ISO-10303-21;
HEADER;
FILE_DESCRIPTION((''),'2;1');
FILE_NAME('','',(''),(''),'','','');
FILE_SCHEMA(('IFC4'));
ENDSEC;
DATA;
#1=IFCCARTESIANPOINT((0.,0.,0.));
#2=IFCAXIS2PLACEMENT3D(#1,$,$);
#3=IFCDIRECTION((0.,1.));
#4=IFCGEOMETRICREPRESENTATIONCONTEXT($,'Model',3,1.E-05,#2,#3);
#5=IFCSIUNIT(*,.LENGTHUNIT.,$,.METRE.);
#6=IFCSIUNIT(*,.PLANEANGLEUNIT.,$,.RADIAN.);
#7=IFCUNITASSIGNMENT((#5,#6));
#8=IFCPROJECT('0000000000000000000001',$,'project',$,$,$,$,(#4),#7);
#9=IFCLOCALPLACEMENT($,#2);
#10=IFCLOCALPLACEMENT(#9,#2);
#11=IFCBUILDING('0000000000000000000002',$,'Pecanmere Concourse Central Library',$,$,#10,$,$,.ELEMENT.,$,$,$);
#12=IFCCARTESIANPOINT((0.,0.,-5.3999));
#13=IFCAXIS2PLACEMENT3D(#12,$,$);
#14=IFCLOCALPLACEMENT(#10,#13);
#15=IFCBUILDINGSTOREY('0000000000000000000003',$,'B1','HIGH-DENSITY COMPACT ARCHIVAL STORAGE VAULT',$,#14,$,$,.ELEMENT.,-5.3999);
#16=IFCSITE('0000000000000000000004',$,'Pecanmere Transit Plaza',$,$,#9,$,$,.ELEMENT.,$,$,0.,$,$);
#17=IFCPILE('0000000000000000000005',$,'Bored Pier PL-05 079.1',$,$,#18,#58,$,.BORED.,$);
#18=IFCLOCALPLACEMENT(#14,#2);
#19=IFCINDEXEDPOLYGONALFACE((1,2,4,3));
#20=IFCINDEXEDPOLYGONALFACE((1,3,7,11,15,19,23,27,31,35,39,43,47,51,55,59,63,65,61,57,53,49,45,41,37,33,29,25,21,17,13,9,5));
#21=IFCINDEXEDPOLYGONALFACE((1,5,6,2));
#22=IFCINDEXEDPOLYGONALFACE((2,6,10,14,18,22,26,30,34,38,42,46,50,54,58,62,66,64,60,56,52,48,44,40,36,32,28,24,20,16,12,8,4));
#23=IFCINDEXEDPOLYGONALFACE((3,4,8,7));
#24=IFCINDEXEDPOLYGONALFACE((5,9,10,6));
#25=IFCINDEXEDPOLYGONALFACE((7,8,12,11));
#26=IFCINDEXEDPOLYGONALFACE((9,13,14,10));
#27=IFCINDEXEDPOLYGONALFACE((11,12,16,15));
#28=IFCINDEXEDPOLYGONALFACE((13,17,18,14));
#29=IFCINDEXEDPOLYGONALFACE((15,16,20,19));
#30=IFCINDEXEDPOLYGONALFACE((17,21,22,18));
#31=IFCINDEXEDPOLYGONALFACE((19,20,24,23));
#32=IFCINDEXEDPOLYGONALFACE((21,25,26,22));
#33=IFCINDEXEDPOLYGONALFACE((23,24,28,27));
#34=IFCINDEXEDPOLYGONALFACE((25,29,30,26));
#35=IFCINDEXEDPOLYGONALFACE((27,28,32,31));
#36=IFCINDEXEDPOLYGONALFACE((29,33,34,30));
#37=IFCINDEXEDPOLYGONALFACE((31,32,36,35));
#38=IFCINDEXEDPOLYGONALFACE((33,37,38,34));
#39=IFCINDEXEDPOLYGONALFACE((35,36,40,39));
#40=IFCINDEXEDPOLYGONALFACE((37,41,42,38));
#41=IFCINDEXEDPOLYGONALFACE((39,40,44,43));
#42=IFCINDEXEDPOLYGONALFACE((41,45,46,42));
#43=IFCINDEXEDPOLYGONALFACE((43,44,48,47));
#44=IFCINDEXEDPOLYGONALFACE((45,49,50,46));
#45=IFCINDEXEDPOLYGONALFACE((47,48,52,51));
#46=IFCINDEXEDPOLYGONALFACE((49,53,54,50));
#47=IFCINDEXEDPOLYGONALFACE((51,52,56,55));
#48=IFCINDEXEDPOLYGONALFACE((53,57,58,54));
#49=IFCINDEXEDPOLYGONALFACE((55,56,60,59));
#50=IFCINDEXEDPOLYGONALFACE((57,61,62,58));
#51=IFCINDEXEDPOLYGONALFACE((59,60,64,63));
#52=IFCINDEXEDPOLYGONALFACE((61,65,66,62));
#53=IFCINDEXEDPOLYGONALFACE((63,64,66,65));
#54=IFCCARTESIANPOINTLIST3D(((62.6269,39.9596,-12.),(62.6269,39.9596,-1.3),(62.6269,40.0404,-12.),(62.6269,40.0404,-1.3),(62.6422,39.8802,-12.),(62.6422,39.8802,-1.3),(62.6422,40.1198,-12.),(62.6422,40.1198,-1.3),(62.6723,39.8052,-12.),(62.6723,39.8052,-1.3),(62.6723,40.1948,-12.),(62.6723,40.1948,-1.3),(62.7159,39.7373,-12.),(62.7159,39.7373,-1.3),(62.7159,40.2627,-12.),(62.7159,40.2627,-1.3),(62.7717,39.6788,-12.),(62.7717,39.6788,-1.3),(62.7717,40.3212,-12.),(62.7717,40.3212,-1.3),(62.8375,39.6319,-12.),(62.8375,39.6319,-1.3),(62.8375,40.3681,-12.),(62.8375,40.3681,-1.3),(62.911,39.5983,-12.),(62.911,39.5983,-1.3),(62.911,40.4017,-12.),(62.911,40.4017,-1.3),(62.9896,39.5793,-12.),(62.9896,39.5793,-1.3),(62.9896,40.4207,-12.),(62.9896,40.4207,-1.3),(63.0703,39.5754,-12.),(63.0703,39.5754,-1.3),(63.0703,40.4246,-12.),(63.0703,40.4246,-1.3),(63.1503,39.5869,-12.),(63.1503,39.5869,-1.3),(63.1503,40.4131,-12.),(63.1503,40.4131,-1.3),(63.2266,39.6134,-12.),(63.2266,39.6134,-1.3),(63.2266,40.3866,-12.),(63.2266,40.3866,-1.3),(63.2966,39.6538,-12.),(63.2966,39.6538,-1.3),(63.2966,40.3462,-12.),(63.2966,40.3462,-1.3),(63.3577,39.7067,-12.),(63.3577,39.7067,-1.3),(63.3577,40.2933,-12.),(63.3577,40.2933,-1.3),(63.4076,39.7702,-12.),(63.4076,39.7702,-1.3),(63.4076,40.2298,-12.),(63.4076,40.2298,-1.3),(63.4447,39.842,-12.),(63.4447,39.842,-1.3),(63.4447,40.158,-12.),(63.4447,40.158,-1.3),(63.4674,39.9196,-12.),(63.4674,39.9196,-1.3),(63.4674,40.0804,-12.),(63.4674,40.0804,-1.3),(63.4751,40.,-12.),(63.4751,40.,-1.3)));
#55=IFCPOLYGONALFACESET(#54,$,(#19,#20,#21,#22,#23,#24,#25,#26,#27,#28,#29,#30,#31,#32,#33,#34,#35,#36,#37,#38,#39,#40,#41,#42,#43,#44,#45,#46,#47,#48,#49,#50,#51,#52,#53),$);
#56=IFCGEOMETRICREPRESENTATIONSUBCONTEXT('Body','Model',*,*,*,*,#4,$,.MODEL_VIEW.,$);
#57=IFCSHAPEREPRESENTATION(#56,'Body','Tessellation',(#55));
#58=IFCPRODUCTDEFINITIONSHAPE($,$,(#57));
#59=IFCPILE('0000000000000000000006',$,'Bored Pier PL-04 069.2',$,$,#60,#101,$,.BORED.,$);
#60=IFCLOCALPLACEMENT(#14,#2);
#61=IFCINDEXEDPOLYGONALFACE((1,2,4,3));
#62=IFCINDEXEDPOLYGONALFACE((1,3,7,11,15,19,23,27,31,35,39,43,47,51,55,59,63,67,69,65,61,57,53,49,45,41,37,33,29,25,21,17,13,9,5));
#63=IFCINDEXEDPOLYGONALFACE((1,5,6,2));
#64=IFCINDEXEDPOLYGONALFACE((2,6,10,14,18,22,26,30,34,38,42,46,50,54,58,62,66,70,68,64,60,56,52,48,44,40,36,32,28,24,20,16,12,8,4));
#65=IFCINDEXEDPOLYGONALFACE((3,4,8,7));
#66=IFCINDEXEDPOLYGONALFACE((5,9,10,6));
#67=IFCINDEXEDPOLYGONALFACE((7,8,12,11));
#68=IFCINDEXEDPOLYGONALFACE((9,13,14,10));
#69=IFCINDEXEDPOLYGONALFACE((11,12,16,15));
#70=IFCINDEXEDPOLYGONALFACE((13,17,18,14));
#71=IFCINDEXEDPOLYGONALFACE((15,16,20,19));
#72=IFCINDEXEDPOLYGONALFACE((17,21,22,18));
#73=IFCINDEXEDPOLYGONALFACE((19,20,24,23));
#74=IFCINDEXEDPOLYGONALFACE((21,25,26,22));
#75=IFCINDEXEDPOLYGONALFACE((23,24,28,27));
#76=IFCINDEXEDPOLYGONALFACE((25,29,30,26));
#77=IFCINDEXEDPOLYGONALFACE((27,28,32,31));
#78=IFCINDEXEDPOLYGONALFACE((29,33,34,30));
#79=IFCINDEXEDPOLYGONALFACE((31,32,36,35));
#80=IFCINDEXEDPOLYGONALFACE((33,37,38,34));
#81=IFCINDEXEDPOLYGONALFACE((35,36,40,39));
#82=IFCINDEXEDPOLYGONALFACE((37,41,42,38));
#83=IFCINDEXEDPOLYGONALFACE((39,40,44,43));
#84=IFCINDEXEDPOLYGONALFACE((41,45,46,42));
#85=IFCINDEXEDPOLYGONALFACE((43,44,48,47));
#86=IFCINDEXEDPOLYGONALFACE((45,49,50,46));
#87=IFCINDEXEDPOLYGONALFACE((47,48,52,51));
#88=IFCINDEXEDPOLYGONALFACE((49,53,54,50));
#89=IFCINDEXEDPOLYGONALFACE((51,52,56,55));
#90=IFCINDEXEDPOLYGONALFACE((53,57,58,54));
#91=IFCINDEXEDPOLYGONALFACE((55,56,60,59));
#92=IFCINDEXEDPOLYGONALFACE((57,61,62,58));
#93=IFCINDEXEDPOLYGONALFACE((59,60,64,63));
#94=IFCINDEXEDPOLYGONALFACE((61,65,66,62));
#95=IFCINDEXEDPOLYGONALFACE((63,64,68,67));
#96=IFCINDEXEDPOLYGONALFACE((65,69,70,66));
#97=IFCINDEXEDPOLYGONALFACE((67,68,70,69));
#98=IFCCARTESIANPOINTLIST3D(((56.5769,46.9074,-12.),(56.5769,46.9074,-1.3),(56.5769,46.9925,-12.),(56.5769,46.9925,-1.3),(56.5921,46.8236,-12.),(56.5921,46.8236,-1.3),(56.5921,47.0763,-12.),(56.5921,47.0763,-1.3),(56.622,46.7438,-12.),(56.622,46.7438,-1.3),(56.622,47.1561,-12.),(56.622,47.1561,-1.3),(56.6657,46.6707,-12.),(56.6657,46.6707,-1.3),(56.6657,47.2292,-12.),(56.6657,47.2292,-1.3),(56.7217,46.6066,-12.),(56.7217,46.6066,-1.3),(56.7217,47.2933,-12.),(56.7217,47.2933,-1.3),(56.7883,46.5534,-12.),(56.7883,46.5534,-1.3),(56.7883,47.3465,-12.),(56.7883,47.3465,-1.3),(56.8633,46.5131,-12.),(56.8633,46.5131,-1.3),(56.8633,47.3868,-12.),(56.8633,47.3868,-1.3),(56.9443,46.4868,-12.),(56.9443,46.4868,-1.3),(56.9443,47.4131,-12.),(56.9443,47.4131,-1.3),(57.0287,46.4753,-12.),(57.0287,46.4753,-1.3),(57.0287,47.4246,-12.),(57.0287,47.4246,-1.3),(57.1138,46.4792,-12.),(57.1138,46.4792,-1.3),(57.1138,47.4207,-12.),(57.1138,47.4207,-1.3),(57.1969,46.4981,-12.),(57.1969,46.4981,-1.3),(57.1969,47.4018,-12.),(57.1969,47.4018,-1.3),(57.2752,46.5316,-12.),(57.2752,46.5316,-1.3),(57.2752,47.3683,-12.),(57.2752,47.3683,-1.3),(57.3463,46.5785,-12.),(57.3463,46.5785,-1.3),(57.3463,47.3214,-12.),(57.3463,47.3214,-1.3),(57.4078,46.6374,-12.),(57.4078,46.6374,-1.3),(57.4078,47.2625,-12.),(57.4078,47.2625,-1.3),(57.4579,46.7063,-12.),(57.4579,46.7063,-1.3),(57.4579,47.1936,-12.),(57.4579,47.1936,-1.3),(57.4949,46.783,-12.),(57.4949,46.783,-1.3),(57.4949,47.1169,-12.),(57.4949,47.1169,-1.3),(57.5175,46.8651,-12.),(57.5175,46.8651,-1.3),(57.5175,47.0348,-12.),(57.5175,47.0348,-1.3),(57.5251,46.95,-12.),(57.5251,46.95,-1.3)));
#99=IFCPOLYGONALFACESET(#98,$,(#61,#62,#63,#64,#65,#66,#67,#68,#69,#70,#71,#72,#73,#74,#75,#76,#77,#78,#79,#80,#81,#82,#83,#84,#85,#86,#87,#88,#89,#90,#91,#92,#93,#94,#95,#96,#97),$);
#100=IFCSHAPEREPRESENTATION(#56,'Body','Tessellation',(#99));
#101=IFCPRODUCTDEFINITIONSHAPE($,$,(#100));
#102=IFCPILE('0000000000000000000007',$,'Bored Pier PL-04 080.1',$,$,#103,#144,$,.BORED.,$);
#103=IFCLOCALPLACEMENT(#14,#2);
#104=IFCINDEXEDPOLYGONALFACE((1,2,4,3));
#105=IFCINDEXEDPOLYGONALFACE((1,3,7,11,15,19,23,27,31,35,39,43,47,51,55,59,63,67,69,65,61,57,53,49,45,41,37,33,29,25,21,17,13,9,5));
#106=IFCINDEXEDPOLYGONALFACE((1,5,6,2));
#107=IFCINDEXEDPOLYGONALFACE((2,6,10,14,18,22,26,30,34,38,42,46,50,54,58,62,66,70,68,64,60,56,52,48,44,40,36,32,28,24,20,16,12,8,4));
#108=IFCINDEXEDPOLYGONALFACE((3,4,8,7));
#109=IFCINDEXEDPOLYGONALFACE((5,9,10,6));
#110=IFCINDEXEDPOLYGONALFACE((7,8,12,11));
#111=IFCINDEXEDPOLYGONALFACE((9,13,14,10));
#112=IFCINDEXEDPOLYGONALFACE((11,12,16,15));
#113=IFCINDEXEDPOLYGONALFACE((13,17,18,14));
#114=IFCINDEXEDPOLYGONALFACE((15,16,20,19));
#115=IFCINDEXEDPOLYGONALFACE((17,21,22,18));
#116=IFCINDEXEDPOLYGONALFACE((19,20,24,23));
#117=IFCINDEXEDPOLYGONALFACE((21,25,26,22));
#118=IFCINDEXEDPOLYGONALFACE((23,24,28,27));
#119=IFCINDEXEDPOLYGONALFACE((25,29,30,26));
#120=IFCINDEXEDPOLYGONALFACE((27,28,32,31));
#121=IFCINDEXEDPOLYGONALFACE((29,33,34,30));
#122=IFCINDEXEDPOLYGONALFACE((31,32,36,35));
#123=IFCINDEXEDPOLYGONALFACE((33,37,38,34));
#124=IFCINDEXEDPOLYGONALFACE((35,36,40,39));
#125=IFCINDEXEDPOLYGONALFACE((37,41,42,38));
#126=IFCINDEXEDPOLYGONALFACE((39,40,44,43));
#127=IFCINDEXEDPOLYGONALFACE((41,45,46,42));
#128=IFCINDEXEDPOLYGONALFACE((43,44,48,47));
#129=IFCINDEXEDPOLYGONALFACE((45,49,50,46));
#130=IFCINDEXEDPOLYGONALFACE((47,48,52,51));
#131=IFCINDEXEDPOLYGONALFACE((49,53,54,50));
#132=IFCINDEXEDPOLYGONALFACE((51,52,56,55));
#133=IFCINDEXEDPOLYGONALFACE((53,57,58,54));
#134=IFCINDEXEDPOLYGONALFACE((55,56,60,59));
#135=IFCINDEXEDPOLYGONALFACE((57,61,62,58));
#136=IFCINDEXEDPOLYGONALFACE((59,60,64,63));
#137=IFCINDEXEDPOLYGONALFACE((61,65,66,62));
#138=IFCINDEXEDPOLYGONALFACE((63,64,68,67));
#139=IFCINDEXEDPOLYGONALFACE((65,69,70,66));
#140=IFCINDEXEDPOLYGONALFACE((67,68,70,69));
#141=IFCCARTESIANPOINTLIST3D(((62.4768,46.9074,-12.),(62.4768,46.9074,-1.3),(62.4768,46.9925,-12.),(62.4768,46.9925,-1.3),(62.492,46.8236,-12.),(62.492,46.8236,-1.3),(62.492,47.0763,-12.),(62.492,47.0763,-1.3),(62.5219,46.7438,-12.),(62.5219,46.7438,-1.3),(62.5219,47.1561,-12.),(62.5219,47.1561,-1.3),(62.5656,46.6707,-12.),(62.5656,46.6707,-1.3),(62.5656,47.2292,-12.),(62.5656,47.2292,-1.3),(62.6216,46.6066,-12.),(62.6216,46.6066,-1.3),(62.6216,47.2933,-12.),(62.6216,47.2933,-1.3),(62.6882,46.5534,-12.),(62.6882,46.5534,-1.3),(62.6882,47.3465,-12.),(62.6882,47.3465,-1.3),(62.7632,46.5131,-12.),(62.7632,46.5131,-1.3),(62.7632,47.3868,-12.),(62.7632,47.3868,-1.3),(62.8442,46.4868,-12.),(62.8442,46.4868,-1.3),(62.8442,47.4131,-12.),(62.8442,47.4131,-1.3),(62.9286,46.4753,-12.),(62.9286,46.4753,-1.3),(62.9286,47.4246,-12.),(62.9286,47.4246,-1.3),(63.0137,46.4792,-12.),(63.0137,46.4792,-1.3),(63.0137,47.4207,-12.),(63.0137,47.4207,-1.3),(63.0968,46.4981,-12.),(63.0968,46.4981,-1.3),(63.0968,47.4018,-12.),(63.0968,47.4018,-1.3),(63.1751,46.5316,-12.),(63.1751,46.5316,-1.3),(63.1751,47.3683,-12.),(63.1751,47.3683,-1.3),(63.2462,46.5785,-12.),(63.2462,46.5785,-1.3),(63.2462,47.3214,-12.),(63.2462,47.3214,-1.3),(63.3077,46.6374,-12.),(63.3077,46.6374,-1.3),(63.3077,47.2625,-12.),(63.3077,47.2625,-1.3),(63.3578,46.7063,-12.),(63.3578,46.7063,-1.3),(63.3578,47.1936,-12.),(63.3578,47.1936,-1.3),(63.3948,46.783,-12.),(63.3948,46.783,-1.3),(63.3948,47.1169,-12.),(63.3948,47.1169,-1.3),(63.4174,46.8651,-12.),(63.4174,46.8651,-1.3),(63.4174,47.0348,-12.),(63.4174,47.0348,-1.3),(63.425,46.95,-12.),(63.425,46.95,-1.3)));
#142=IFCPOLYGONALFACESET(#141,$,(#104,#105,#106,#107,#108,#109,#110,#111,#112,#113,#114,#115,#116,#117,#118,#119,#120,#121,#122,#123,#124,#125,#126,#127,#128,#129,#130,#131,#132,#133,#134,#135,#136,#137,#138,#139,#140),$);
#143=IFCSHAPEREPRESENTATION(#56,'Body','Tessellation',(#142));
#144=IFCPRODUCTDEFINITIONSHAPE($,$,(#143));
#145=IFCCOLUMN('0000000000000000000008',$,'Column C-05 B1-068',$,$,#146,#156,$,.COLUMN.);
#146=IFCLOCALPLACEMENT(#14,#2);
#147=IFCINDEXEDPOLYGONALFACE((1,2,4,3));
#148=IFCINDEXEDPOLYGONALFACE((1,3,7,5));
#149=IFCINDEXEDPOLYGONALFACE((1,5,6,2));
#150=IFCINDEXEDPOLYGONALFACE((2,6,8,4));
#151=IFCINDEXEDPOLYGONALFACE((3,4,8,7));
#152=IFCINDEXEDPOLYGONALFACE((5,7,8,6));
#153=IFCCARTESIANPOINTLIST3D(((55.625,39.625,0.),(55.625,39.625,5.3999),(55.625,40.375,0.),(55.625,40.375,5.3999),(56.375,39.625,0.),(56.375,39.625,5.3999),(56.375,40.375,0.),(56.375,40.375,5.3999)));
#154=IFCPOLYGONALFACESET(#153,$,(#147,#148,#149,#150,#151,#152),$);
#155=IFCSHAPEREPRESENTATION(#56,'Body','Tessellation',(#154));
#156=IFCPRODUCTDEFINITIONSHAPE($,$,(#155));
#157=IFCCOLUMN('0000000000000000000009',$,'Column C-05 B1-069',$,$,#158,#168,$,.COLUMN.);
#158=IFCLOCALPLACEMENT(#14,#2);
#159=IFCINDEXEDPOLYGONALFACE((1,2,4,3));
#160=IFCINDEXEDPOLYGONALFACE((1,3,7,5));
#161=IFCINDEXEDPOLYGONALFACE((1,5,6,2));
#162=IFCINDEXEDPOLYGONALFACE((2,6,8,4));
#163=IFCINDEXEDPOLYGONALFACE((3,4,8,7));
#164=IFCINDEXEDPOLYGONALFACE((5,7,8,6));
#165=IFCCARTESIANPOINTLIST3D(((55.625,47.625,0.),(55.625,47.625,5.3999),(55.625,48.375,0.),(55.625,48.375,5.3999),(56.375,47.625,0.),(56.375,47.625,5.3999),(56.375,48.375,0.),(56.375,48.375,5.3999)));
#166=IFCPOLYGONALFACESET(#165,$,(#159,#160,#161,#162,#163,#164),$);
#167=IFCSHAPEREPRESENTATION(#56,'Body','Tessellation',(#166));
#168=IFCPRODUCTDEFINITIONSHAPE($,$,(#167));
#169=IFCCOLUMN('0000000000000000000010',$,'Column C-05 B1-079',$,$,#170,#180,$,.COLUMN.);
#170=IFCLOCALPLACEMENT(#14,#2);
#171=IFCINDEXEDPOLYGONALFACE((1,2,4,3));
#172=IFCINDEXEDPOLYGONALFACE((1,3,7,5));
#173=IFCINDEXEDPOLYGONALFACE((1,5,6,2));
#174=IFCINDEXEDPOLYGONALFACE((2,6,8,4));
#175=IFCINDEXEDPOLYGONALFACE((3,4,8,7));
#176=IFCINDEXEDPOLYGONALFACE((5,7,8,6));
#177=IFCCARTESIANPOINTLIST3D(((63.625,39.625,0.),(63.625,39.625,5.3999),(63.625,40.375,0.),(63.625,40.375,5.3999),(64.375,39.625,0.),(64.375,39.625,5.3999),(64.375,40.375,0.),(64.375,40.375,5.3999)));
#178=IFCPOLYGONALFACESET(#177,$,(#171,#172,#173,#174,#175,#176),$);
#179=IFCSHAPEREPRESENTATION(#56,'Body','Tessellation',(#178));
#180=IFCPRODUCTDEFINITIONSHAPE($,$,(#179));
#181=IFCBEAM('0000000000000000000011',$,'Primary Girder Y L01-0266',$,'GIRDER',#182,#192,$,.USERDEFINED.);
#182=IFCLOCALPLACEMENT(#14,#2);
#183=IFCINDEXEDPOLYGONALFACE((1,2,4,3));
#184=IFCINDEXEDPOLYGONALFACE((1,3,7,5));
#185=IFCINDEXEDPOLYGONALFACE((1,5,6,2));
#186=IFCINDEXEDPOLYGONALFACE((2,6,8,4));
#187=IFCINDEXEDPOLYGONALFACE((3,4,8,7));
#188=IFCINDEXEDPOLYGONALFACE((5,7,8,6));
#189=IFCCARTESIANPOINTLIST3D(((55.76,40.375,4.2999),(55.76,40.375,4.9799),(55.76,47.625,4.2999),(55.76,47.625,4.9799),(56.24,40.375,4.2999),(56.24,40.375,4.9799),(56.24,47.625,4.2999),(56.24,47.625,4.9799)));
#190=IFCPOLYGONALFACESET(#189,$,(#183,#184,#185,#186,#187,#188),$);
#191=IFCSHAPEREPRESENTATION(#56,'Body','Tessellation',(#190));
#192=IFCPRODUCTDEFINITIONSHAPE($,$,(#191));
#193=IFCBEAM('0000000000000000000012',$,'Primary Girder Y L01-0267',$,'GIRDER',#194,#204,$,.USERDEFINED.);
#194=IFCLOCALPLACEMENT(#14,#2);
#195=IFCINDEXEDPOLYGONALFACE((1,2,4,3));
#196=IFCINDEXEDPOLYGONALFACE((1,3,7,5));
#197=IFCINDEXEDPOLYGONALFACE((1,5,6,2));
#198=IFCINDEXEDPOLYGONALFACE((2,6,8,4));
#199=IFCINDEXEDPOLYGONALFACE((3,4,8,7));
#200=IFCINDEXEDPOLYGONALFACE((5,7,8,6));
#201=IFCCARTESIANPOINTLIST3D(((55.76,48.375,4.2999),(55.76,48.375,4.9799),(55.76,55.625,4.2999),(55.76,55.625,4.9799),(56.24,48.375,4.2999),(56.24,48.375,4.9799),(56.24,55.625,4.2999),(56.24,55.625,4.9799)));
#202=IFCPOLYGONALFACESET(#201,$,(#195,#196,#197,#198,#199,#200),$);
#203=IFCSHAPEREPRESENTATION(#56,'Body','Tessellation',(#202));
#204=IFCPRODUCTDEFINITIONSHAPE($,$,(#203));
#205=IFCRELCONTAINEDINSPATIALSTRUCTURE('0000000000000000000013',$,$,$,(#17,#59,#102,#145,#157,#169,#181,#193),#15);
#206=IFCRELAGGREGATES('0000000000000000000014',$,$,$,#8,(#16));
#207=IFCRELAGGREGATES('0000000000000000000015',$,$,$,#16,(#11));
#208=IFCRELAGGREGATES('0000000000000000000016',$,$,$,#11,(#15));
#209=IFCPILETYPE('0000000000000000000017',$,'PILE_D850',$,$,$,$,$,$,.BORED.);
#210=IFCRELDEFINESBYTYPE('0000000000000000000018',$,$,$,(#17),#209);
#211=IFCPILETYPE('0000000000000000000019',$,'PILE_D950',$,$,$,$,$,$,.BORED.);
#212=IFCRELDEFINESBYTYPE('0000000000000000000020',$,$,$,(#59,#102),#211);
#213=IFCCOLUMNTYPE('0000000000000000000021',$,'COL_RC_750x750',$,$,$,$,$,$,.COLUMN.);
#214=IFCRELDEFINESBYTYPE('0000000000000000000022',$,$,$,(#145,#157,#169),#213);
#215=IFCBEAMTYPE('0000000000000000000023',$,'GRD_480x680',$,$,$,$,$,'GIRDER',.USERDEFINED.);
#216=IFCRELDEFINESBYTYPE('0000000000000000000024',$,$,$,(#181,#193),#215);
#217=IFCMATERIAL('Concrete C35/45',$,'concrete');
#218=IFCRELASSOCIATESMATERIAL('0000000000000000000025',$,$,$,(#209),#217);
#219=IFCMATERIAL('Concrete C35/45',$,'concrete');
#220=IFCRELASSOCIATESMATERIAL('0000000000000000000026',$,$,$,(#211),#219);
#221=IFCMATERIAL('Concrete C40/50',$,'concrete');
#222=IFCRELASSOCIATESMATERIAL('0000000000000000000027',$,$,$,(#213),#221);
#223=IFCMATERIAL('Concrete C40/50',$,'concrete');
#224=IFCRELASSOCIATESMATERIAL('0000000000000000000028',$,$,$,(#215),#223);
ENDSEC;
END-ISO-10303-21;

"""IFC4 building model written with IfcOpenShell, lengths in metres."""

from ifc_helpers import new_model, si_unit, direction, frame, origin, origin_2d, place, context, subcontext, project, spatial, rectangle, circle, extrude, material, material_profile, profile_set, type_object, element, save


model = new_model("IFC4")

# Units and contexts
model_context = context("Model", 3, precision=1e-05, world=origin(), true_north=direction((0.0, 1.0)))
body_context = subcontext(model_context, "Body", "Model", "MODEL_VIEW")
ifc_project = project(units=[si_unit("LENGTHUNIT", "METRE"), si_unit("PLANEANGLEUNIT", "RADIAN")], contexts=[model_context])

# Site, building, storey
site_placement = place(None, origin())
site = spatial("IfcSite", under=ifc_project, at=site_placement, Name="Pecanmere Transit Plaza", CompositionType="ELEMENT", RefElevation=0.0)
building_placement = place(site_placement, origin())
building = spatial("IfcBuilding", under=site, at=building_placement, Name="Pecanmere Concourse Central Library", CompositionType="ELEMENT")
storey_placement = place(building_placement, frame((0.0, 0.0, -5.3999)))
storey = spatial("IfcBuildingStorey", under=building, at=storey_placement, Name="B1", Description="HIGH-DENSITY COMPACT ARCHIVAL STORAGE VAULT", CompositionType="ELEMENT", Elevation=-5.3999)

# Piles
ifc_material_1 = material(Name="Concrete C35/45", Category="concrete")
ifc_material_profile_1 = material_profile(ifc_material_1, circle(Radius=0.425, at=origin_2d()), Name="PIER D850")
ifc_profile_set_1 = profile_set([ifc_material_profile_1], Name="Concrete C35/45")
pile_type_1 = type_object("IfcPileType", Name="PILE_D850", PredefinedType="BORED", material=ifc_profile_set_1)
for number, where, z_axis, x_axis, name in (
    (1, (63.05, 40.0, -1.3), (0.0, 0.0, -1.0), (1.0, 0.0, 0.0), "Bored Pier PL-05 079.1"),
):
    element("IfcPile", number, at=place(storey_placement, frame(where, z_axis=z_axis, x_axis=x_axis)), inside=storey, type_object=pile_type_1, Name=name, PredefinedType="BORED", context=body_context, shape_type="SweptSolid", body=[
        extrude(circle(Radius=0.425, at=origin_2d()), origin(), (0.0, 0.0, 1.0), 10.7),
    ])
ifc_material_2 = material(Name="Concrete C35/45", Category="concrete")
ifc_material_profile_2 = material_profile(ifc_material_2, circle(Radius=0.4751, at=origin_2d()), Name="PIER D950")
ifc_profile_set_2 = profile_set([ifc_material_profile_2], Name="Concrete C35/45")
pile_type_2 = type_object("IfcPileType", Name="PILE_D950", PredefinedType="BORED", material=ifc_profile_set_2)
for number, where, z_axis, x_axis, name in (
    (2, (57.05, 46.95, -1.3), (0.0, 0.0, -1.0), (1.0, 0.0, 0.0), "Bored Pier PL-04 069.2"),
    (3, (62.95, 46.95, -1.3), (0.0, 0.0, -1.0), (1.0, 0.0, 0.0), "Bored Pier PL-04 080.1"),
):
    element("IfcPile", number, at=place(storey_placement, frame(where, z_axis=z_axis, x_axis=x_axis)), inside=storey, type_object=pile_type_2, Name=name, PredefinedType="BORED", context=body_context, shape_type="SweptSolid", body=[
        extrude(circle(Radius=0.4751, at=origin_2d()), origin(), (0.0, 0.0, 1.0), 10.7),
    ])

# Columns
ifc_material_3 = material(Name="Concrete C40/50", Category="concrete")
ifc_material_profile_3 = material_profile(ifc_material_3, rectangle(XDim=0.75, YDim=0.75, at=origin_2d()), Name="RC 750x750")
ifc_profile_set_3 = profile_set([ifc_material_profile_3], Name="Concrete C40/50")
column_type = type_object("IfcColumnType", Name="COL_RC_750x750", PredefinedType="COLUMN", material=ifc_profile_set_3)
for number, where, z_axis, x_axis, name in (
    (4, (56.0, 40.0, 0.0), (0.0, 0.0, 1.0), (1.0, 0.0, 0.0), "Column C-05 B1-068"),
    (5, (56.0, 48.0, 0.0), (0.0, 0.0, 1.0), (1.0, 0.0, 0.0), "Column C-05 B1-069"),
    (6, (64.0, 40.0, 0.0), (0.0, 0.0, 1.0), (1.0, 0.0, 0.0), "Column C-05 B1-079"),
):
    element("IfcColumn", number, at=place(storey_placement, frame(where, z_axis=z_axis, x_axis=x_axis)), inside=storey, type_object=column_type, Name=name, PredefinedType="COLUMN", context=body_context, shape_type="SweptSolid", body=[
        extrude(rectangle(XDim=0.75, YDim=0.75, at=origin_2d()), origin(), (0.0, 0.0, 1.0), 5.3999),
    ])

# Beams
ifc_material_4 = material(Name="Concrete C40/50", Category="concrete")
ifc_material_profile_4 = material_profile(ifc_material_4, rectangle(XDim=0.48, YDim=0.6799, at=origin_2d()), Name="RC 480x680")
ifc_profile_set_4 = profile_set([ifc_material_profile_4], Name="Concrete C40/50")
beam_type_1 = type_object("IfcBeamType", Name="GRD_480x680", ElementType="GIRDER", PredefinedType="USERDEFINED", material=ifc_profile_set_4)
for number, where, z_axis, x_axis, name in (
    (7, (56.0, 40.375, 4.6399), (0.0, 1.0, 0.0), (-1.0, 0.0, 0.0), "Primary Girder Y L01-0266"),
    (8, (56.0, 48.375, 4.6399), (0.0, 1.0, 0.0), (-1.0, 0.0, 0.0), "Primary Girder Y L01-0267"),
):
    element("IfcBeam", number, at=place(storey_placement, frame(where, z_axis=z_axis, x_axis=x_axis)), inside=storey, type_object=beam_type_1, Name=name, ObjectType="GIRDER", PredefinedType="USERDEFINED", context=body_context, shape_type="SweptSolid", body=[
        extrude(rectangle(XDim=0.48, YDim=0.6799, at=origin_2d()), origin(), (0.0, 0.0, 1.0), 7.25),
    ])

save(model, "model.ifc")
